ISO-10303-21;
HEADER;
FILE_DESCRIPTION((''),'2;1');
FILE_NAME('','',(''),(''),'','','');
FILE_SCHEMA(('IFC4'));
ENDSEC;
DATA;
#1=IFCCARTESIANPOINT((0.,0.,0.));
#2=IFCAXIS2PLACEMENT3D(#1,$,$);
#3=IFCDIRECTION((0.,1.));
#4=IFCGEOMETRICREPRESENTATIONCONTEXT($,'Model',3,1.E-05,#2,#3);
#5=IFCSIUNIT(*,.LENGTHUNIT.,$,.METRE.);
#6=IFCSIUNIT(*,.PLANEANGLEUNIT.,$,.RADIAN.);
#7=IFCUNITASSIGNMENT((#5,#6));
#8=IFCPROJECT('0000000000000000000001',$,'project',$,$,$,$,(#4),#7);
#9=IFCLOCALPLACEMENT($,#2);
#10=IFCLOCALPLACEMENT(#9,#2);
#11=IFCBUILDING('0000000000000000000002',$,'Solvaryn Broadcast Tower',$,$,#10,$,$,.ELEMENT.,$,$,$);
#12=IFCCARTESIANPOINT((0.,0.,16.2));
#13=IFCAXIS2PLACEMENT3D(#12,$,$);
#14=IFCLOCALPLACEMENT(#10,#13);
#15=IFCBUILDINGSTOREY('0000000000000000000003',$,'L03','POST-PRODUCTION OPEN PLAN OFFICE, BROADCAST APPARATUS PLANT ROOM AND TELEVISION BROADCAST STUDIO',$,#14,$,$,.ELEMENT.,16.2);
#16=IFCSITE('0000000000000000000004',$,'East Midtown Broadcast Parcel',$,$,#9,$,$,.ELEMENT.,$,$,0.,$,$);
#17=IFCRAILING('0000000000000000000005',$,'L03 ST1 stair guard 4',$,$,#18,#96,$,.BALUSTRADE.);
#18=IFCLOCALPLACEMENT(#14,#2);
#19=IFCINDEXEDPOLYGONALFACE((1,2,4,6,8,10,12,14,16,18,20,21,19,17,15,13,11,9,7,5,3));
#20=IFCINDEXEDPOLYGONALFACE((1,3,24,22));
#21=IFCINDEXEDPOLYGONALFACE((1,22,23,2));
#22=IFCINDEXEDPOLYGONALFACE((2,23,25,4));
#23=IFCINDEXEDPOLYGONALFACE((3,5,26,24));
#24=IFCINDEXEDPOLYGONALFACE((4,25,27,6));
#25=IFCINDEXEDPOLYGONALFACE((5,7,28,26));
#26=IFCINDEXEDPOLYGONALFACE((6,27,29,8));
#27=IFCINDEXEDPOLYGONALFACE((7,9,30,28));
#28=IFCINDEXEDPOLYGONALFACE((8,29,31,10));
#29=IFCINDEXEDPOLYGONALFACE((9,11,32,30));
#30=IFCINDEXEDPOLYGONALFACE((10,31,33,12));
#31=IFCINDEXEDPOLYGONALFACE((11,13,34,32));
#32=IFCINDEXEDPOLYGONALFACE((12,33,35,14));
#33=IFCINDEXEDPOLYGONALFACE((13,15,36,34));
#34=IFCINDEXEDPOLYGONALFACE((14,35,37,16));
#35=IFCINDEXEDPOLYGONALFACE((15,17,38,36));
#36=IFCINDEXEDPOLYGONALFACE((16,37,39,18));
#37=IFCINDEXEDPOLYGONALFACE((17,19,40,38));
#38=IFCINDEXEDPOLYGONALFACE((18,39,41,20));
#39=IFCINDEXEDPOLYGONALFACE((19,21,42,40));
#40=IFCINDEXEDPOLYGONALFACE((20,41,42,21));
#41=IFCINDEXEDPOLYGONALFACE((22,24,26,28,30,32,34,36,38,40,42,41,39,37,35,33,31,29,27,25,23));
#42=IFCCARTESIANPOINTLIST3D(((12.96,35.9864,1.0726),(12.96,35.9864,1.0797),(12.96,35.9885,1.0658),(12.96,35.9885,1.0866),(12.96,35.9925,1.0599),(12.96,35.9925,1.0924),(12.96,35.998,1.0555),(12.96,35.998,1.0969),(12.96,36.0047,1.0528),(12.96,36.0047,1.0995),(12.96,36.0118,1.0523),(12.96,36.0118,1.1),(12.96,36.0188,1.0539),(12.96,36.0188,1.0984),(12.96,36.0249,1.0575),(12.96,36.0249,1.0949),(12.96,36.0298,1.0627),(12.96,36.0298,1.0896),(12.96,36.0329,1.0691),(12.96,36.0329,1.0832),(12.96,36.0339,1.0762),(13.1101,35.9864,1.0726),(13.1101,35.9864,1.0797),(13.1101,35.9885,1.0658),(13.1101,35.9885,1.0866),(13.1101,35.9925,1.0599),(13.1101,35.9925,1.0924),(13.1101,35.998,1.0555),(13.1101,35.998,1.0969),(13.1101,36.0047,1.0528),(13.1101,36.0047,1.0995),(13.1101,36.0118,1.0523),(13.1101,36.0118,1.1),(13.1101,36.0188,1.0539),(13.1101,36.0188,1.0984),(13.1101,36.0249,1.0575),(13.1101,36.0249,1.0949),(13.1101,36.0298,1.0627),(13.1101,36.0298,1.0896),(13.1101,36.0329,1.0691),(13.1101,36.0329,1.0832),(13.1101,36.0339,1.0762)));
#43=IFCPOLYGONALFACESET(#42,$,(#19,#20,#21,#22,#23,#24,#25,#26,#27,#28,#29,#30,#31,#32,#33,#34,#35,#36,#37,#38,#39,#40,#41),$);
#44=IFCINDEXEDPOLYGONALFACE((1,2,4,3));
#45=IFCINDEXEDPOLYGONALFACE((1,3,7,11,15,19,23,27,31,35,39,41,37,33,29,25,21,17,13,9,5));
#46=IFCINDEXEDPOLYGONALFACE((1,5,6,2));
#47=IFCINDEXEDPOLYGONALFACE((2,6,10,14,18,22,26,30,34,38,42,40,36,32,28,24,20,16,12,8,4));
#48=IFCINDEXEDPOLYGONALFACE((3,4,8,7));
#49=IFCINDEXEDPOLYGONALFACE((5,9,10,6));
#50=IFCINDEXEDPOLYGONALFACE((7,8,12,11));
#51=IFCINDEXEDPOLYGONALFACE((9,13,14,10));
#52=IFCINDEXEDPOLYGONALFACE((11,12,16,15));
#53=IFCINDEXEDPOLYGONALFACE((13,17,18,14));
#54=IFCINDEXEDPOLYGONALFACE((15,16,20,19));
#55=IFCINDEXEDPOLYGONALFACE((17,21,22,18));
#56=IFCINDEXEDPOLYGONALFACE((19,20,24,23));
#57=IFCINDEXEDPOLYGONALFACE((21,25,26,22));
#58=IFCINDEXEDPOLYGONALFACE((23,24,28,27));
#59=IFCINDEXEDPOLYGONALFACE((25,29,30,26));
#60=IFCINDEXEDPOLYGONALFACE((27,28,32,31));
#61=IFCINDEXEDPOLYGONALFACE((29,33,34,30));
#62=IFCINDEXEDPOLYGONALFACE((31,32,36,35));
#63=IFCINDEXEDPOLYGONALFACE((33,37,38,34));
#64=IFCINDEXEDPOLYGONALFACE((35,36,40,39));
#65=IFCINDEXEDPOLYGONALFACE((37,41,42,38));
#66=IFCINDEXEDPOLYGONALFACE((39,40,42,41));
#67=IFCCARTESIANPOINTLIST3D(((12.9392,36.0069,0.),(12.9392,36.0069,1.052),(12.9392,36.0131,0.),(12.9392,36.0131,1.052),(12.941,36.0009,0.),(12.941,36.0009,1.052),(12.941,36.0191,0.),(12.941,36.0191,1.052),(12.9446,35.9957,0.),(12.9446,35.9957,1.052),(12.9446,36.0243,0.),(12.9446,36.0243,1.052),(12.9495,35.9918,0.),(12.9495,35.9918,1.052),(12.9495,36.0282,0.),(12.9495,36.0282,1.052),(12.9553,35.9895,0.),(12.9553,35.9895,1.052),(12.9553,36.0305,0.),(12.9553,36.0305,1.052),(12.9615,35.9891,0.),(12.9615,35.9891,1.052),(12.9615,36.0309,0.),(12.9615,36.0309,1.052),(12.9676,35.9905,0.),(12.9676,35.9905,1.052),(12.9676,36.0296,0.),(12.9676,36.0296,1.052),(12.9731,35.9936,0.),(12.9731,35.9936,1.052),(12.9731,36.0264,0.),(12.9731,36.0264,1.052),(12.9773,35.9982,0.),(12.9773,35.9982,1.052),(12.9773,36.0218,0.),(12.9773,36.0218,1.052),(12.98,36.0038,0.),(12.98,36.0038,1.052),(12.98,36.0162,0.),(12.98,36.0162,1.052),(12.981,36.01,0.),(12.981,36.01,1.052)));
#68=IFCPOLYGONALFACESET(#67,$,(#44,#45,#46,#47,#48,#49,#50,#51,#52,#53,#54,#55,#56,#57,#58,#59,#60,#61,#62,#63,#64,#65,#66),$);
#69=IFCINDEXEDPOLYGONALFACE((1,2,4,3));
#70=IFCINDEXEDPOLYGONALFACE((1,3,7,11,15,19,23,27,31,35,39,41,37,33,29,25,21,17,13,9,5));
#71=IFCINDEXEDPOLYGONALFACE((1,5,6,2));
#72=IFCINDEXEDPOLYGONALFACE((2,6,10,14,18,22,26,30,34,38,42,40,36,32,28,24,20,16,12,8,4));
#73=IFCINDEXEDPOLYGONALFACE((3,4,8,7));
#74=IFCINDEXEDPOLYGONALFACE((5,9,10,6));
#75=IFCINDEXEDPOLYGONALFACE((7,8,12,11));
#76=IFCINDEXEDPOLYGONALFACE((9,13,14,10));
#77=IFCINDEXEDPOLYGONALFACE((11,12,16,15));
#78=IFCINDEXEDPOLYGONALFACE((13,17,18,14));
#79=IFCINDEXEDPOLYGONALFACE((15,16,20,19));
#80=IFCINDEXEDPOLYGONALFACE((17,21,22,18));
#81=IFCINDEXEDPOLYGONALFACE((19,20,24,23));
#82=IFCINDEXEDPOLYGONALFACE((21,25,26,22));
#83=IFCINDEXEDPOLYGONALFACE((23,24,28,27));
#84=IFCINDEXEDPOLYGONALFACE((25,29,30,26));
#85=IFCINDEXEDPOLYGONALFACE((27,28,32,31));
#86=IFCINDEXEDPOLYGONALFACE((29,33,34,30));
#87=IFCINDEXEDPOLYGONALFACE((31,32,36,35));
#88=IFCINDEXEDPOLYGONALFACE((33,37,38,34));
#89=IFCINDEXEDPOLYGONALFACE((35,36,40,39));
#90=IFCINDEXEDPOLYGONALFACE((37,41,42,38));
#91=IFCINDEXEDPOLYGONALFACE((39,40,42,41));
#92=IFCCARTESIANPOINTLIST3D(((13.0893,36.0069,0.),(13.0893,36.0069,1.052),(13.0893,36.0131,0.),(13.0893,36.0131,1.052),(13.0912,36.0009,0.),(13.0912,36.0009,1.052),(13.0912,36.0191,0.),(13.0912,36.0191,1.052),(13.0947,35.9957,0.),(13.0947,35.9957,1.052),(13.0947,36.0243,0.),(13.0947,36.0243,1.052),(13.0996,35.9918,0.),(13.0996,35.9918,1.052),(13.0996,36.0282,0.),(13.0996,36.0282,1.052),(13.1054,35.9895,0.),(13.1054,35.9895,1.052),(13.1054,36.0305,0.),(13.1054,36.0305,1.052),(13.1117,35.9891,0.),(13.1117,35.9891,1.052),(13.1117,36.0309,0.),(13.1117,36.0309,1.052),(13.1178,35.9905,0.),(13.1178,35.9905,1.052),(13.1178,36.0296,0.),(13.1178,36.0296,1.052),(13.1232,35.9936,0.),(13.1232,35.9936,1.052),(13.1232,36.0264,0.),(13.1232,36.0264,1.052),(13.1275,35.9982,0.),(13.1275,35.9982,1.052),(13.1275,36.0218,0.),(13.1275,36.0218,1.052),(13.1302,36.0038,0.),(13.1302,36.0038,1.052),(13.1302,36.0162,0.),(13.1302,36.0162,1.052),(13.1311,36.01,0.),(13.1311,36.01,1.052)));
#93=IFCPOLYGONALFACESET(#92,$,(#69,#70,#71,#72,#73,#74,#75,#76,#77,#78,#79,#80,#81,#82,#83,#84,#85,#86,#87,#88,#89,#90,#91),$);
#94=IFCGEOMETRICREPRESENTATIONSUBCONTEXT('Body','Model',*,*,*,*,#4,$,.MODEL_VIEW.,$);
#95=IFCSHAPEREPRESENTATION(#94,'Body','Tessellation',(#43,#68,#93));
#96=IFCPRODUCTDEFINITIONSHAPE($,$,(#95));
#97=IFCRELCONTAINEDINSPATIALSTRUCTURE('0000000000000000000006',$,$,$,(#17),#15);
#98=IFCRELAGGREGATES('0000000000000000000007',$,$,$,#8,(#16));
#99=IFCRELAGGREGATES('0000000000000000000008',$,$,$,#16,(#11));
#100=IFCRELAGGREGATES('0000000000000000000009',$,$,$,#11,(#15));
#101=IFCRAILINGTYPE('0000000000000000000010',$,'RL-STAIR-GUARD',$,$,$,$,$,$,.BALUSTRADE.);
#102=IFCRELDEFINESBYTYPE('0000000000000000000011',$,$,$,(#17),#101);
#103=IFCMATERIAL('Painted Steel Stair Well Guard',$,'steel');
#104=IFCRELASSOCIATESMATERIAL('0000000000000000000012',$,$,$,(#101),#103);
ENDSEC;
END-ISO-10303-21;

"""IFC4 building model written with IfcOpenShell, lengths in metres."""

from ifc_helpers import new_model, si_unit, direction, frame, origin, origin_2d, place, context, subcontext, project, spatial, circle, extrude, material, type_object, element, save


model = new_model("IFC4")

# Units and contexts
model_context = context("Model", 3, precision=1e-05, world=origin(), true_north=direction((0.0, 1.0)))
body_context = subcontext(model_context, "Body", "Model", "MODEL_VIEW")
ifc_project = project(units=[si_unit("LENGTHUNIT", "METRE"), si_unit("PLANEANGLEUNIT", "RADIAN")], contexts=[model_context])

# Site, building, storey
site_placement = place(None, origin())
site = spatial("IfcSite", under=ifc_project, at=site_placement, Name="East Midtown Broadcast Parcel", CompositionType="ELEMENT", RefElevation=0.0)
building_placement = place(site_placement, origin())
building = spatial("IfcBuilding", under=site, at=building_placement, Name="Solvaryn Broadcast Tower", CompositionType="ELEMENT")
storey_placement = place(building_placement, frame((0.0, 0.0, 16.2)))
storey = spatial("IfcBuildingStorey", under=building, at=storey_placement, Name="L03", Description="POST-PRODUCTION OPEN PLAN OFFICE, BROADCAST APPARATUS PLANT ROOM AND TELEVISION BROADCAST STUDIO", CompositionType="ELEMENT", Elevation=16.2)

# Railing
ifc_material_1 = material(Name="Painted Steel Stair Well Guard", Category="steel")
railing_type = type_object("IfcRailingType", Name="RL-STAIR-GUARD", PredefinedType="BALUSTRADE", material=ifc_material_1)
railing_1_placement = place(storey_placement, frame((12.96, 36.01, 0.0)))
element("IfcRailing", 1, at=railing_1_placement, inside=storey, type_object=railing_type, Name="L03 ST1 stair guard 4", PredefinedType="BALUSTRADE", context=body_context, shape_type="SweptSolid", body=[
    extrude(circle(Radius=0.0239, at=origin_2d()), frame((0.0, 0.0, 1.0762), z_axis=(1.0, 0.0, 0.0), x_axis=(0.0, 1.0, 0.0)), (0.0, 0.0, 1.0), 0.1501),
    extrude(circle(Radius=0.021, at=origin_2d()), origin(), (0.0, 0.0, 1.0), 1.052),
    extrude(circle(Radius=0.021, at=origin_2d()), frame((0.1501, 0.0, 0.0)), (0.0, 0.0, 1.0), 1.052),
])

save(model, "model.ifc")
